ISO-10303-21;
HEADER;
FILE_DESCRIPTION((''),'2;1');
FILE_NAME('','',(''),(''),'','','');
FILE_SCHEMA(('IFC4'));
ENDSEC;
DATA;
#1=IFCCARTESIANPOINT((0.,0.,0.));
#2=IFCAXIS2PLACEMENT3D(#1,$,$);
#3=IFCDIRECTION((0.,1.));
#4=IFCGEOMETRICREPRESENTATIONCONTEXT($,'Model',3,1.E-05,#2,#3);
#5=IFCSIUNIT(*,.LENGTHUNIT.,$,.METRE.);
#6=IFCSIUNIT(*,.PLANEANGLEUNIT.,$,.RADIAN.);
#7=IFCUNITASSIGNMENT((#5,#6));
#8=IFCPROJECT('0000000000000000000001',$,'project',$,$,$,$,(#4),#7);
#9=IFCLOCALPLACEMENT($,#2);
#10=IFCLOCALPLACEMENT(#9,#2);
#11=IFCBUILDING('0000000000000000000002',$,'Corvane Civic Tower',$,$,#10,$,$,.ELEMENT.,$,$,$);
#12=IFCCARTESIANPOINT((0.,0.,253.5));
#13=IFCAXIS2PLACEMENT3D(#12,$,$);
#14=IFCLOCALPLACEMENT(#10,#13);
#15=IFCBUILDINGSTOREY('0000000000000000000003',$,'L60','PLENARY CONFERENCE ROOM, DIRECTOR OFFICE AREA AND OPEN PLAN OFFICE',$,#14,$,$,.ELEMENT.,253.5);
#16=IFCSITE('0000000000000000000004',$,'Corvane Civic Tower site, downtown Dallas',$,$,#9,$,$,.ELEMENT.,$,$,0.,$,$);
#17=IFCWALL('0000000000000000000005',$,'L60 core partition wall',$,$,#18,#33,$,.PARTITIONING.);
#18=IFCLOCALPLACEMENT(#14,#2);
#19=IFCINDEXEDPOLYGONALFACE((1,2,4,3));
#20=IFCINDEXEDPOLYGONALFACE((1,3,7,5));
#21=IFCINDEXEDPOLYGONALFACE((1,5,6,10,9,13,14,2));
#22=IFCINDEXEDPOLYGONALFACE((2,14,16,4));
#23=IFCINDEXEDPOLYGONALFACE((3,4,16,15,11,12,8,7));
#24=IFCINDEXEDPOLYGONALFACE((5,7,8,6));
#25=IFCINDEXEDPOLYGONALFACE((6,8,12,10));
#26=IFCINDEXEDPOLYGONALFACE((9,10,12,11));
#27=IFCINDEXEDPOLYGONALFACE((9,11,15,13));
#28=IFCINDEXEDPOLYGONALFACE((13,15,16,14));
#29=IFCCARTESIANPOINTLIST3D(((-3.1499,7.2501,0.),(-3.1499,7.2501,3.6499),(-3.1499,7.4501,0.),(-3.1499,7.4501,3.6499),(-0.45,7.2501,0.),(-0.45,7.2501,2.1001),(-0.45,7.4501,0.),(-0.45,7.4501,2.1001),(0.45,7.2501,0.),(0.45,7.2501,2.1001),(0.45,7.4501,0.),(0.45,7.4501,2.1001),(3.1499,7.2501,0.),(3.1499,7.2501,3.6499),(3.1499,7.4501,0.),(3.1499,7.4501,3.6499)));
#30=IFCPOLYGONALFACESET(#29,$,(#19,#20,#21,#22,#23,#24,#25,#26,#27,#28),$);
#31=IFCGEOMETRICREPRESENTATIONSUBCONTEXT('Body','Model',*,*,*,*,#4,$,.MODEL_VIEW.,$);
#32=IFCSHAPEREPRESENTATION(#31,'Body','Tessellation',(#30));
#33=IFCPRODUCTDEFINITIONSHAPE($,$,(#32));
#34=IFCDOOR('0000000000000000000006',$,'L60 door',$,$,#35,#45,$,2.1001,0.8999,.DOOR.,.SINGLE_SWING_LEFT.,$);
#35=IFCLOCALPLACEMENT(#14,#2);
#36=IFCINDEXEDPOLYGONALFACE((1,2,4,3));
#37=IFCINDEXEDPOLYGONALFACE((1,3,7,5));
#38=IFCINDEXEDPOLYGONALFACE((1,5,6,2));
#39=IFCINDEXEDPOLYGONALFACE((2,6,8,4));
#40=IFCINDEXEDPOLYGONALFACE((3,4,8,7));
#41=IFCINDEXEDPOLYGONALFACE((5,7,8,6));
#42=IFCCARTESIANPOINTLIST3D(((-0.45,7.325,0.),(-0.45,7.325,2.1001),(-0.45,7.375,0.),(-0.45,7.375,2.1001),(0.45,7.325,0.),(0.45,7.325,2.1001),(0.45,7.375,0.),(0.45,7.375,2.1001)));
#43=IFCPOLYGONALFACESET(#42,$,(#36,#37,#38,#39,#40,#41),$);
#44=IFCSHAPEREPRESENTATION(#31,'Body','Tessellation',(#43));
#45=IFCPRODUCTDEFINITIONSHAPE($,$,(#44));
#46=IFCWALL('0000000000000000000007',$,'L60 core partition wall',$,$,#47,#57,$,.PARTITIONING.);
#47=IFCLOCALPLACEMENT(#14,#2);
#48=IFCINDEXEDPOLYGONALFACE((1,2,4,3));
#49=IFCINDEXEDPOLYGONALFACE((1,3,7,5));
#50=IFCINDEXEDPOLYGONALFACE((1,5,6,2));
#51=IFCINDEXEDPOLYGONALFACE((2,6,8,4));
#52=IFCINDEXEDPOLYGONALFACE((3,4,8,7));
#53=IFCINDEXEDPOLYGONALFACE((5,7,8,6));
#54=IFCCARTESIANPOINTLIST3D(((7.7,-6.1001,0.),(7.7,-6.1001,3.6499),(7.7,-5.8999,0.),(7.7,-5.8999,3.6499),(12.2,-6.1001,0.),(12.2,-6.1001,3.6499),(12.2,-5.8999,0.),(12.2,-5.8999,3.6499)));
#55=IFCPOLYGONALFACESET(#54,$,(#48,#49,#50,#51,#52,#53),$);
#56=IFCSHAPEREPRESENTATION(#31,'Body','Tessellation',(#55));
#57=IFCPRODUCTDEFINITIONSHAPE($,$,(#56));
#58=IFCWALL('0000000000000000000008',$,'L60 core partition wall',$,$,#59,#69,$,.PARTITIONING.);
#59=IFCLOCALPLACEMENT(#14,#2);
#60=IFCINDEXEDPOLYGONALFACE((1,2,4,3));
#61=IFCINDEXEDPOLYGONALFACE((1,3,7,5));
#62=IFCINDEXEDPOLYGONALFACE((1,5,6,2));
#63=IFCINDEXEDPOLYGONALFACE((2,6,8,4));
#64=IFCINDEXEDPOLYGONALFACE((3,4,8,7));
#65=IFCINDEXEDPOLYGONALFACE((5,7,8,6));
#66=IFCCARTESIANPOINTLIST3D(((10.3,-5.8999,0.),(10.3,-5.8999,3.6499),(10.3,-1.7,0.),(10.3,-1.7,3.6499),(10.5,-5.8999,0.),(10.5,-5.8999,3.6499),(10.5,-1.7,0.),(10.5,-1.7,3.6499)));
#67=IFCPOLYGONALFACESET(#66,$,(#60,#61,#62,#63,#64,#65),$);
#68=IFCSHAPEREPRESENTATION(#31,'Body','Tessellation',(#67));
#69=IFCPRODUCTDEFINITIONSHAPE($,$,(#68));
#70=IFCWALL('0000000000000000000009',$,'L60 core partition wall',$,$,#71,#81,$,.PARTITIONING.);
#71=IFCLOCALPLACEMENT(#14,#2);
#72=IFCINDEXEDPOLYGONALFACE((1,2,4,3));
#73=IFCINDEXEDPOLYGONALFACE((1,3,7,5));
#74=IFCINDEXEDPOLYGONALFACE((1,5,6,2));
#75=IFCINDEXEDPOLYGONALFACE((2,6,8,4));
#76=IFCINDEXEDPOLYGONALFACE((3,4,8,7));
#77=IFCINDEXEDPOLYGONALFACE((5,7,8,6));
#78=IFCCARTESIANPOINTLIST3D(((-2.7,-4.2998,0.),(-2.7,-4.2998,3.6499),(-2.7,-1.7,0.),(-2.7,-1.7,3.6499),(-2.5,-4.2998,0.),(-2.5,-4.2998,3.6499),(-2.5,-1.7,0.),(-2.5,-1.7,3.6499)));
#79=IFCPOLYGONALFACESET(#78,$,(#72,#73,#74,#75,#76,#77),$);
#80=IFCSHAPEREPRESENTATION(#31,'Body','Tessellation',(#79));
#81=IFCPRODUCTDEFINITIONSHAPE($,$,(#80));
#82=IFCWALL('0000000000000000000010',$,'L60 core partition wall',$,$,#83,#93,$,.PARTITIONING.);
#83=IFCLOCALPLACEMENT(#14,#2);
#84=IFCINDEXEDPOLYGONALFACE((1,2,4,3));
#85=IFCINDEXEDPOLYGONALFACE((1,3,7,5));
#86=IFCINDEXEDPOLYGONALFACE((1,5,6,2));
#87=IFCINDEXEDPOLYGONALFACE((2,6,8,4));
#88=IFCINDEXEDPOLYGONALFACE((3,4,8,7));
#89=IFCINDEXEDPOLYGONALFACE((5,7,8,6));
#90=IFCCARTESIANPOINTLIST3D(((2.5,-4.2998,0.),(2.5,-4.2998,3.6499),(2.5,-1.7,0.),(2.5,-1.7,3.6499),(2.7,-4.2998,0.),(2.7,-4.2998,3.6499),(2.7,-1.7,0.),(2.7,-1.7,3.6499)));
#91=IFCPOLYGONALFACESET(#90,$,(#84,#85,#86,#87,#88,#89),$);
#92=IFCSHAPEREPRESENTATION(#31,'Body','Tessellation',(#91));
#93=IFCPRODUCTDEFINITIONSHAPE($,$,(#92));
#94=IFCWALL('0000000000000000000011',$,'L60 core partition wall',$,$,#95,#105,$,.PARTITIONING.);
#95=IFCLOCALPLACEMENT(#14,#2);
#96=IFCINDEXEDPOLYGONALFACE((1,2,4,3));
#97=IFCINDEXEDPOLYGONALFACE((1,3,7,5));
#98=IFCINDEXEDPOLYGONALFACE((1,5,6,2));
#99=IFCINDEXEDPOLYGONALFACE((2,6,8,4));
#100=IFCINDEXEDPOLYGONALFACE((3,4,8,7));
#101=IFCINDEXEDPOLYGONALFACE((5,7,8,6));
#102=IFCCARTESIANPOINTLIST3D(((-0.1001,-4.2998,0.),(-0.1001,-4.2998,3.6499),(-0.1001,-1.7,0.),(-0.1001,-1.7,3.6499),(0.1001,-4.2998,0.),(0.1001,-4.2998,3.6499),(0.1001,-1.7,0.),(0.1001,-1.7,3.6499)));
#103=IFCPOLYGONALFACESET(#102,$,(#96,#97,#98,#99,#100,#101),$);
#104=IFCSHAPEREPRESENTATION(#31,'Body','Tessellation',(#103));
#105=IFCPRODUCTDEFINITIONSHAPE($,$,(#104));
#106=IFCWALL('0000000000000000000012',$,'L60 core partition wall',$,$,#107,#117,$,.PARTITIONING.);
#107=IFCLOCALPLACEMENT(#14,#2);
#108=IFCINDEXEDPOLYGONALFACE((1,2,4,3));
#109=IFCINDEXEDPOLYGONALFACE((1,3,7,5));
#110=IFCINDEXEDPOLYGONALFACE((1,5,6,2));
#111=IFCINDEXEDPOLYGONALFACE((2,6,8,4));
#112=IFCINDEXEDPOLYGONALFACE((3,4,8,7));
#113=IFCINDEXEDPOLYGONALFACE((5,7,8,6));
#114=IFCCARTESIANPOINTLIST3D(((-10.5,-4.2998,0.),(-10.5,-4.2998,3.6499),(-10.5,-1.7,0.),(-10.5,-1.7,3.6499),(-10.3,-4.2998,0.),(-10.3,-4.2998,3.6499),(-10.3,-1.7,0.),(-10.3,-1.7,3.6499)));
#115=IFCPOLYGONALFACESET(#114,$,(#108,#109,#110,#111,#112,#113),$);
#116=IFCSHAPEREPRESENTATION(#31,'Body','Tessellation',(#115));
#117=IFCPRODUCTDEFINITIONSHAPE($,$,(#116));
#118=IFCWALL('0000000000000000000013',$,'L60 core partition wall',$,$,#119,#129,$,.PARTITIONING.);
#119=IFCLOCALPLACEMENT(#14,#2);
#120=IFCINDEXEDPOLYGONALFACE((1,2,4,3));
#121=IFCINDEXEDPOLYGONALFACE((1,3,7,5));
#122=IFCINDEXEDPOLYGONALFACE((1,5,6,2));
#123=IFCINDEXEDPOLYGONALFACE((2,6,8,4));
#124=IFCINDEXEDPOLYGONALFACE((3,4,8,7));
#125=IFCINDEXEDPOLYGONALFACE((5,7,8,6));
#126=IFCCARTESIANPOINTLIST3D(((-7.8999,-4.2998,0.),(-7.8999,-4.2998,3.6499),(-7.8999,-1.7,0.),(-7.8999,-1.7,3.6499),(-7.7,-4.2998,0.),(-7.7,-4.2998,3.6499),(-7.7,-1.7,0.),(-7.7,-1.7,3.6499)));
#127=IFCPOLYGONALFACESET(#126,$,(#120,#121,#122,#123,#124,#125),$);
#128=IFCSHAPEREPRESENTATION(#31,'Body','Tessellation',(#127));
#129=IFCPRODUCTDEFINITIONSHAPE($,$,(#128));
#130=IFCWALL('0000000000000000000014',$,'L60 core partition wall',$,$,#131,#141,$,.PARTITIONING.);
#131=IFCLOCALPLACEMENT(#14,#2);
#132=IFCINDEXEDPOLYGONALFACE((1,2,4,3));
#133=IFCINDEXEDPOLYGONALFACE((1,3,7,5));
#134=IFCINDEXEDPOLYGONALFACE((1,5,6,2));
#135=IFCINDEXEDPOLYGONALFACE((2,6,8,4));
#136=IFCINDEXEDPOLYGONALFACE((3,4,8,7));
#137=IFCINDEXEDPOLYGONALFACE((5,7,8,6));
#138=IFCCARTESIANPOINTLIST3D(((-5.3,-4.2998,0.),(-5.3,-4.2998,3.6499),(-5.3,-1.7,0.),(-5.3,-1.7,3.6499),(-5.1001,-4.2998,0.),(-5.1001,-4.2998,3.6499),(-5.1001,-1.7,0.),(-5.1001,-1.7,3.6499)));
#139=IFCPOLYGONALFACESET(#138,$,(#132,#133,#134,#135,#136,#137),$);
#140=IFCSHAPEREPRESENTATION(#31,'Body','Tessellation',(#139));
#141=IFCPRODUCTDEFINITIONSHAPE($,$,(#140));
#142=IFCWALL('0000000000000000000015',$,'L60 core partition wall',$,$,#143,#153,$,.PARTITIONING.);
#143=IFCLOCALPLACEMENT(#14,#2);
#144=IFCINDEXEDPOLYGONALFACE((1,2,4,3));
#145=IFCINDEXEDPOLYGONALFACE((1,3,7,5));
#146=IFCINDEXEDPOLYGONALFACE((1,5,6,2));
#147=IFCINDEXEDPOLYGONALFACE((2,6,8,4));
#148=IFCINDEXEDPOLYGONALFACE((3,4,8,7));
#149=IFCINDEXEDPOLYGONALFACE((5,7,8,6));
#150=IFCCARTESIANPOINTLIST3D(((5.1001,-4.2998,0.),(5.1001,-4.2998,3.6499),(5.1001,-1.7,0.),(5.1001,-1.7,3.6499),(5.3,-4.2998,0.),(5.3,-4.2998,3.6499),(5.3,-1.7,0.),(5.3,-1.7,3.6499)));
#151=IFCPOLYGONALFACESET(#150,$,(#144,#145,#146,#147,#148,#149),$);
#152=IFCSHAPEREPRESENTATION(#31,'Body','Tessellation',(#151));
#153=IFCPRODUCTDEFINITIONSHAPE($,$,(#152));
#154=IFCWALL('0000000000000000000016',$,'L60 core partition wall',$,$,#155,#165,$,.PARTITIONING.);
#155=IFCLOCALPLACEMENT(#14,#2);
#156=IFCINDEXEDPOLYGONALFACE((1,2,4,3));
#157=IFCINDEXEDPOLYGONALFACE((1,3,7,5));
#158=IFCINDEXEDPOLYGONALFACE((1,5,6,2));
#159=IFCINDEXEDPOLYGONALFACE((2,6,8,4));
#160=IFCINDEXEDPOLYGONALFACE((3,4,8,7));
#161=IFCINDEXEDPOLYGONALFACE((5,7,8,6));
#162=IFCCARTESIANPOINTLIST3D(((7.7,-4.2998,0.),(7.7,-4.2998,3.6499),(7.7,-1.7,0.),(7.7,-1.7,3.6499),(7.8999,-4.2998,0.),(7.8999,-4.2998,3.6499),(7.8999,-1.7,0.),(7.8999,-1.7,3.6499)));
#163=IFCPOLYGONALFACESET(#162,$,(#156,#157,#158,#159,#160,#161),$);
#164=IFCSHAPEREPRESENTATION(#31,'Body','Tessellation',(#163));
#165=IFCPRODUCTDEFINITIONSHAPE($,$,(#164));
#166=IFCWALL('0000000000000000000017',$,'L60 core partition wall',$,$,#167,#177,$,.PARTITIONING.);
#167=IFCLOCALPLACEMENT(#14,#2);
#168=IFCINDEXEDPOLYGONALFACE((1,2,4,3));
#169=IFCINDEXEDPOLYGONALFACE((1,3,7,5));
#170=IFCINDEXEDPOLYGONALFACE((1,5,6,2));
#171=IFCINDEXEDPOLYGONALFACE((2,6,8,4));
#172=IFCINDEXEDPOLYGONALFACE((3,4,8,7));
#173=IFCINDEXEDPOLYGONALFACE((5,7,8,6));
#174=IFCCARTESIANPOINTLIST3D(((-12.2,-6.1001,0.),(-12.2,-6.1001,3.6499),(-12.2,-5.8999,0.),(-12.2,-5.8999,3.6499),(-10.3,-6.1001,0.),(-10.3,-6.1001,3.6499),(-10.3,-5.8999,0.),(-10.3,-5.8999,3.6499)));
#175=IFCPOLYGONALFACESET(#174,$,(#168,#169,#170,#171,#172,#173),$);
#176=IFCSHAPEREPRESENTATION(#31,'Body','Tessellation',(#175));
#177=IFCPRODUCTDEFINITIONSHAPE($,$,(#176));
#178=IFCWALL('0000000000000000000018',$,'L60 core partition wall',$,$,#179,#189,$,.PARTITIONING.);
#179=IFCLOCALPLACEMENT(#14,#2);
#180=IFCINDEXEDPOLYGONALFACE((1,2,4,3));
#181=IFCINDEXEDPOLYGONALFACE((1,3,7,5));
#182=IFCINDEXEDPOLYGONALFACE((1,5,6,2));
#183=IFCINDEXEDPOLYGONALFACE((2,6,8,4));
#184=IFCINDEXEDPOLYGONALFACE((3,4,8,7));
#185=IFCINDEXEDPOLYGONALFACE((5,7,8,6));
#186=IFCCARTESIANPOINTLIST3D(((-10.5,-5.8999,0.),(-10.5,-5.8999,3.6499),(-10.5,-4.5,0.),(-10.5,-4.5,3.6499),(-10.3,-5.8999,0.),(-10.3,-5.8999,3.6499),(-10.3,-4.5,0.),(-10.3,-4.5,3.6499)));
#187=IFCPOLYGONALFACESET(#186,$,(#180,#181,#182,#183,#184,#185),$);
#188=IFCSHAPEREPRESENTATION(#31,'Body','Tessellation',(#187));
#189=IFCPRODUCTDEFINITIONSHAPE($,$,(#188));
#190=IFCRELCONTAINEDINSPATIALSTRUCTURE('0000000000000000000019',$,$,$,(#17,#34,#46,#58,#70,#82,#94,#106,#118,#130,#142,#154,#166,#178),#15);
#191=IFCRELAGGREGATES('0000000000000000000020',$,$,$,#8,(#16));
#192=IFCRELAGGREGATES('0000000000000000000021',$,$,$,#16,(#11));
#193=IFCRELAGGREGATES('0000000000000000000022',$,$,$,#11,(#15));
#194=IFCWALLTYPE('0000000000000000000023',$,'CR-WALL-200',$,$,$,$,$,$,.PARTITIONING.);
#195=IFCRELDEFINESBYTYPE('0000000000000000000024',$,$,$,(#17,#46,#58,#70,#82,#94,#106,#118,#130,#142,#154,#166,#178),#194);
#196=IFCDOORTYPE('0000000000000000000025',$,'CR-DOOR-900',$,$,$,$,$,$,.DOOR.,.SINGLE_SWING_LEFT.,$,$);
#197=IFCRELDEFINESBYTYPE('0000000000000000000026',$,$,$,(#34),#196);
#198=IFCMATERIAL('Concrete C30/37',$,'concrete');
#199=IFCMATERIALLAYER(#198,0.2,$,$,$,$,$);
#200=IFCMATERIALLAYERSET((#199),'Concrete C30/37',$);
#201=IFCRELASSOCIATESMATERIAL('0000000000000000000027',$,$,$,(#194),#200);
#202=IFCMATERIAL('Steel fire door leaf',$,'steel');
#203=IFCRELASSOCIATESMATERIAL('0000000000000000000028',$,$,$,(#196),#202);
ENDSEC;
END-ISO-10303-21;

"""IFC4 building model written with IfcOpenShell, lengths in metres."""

from ifc_helpers import new_model, si_unit, direction, frame, frame_2d, origin, place, context, subcontext, project, spatial, polyline, rectangle, outline, extrude, material, layer, layer_set, type_object, element, fill, save


model = new_model("IFC4")

# Units and contexts
model_context = context("Model", 3, precision=1e-05, world=origin(), true_north=direction((0.0, 1.0)))
body_context = subcontext(model_context, "Body", "Model", "MODEL_VIEW")
ifc_project = project(units=[si_unit("LENGTHUNIT", "METRE"), si_unit("PLANEANGLEUNIT", "RADIAN")], contexts=[model_context])

# Site, building, storey
site_placement = place(None, origin())
site = spatial("IfcSite", under=ifc_project, at=site_placement, Name="Corvane Civic Tower site, downtown Dallas", CompositionType="ELEMENT", RefElevation=0.0)
building_placement = place(site_placement, origin())
building = spatial("IfcBuilding", under=site, at=building_placement, Name="Corvane Civic Tower", CompositionType="ELEMENT")
storey_placement = place(building_placement, frame((0.0, 0.0, 253.5)))
storey = spatial("IfcBuildingStorey", under=building, at=storey_placement, Name="L60", Description="PLENARY CONFERENCE ROOM, DIRECTOR OFFICE AREA AND OPEN PLAN OFFICE", CompositionType="ELEMENT", Elevation=253.5)

# Wall, opening, door
ifc_material_1 = material(Name="Concrete C30/37", Category="concrete")
ifc_layer_1 = layer(ifc_material_1, 0.2)
ifc_layer_set_1 = layer_set([ifc_layer_1], Name="Concrete C30/37")
wall_type_1 = type_object("IfcWallType", Name="CR-WALL-200", PredefinedType="PARTITIONING", material=ifc_layer_set_1)
wall_1_placement = place(storey_placement, frame((-3.1499, 7.3501, 0.0), z_axis=(0.0, 0.0, 1.0), x_axis=(1.0, 0.0, 0.0)))
wall_1 = element("IfcWall", 1, at=wall_1_placement, inside=storey, type_object=wall_type_1, Name="L60 core partition wall", PredefinedType="PARTITIONING", context=body_context, shape_type="SweptSolid", body=[
    extrude(rectangle(XDim=6.2998, YDim=0.2, at=frame_2d((3.1499, 0.0))), origin(), (0.0, 0.0, 1.0), 3.6499),
])
opening_1_placement = place(wall_1_placement, frame((2.7, 0.0, 0.0)))
opening_1 = element("IfcOpeningElement", 2, at=opening_1_placement, cuts=wall_1, PredefinedType="OPENING", context=body_context, shape_type="SweptSolid", body=[
    extrude(rectangle(XDim=0.8999, YDim=2.1001, at=frame_2d((0.45, 1.05))), frame((0.0, 0.1099, 0.0), z_axis=(0.0, -1.0, 0.0), x_axis=(1.0, 0.0, 0.0)), (0.0, 0.0, 1.0), 0.22),
])
ifc_material_2 = material(Name="Steel fire door leaf", Category="steel")
door_type_1 = type_object("IfcDoorType", Name="CR-DOOR-900", OperationType="SINGLE_SWING_LEFT", PredefinedType="DOOR", material=ifc_material_2)
door_1_placement = place(opening_1_placement, origin())
door_1 = element("IfcDoor", 3, at=door_1_placement, inside=storey, type_object=door_type_1, Name="L60 door", OperationType="SINGLE_SWING_LEFT", OverallHeight=2.1001, OverallWidth=0.8999, PredefinedType="DOOR", context=body_context, shape_type="SweptSolid", body=[
    extrude(rectangle(XDim=0.8999, YDim=2.1001, at=frame_2d((0.45, 1.05))), frame((0.0, 0.0249, 0.0), z_axis=(0.0, -1.0, 0.0), x_axis=(1.0, 0.0, 0.0)), (0.0, 0.0, 1.0), 0.05),
])
fill(opening_1, door_1)

# Walls
wall_2_placement = place(storey_placement, origin())
element("IfcWall", 4, at=wall_2_placement, inside=storey, type_object=wall_type_1, Name="L60 core partition wall", PredefinedType="PARTITIONING", context=body_context, shape_type="SweptSolid", body=[
    extrude(outline(polyline([(12.2, -6.1001), (7.7, -6.1001), (7.7, -5.8999), (12.2, -5.8999), (12.2, -6.1001)])), origin(), (0.0, 0.0, 1.0), 3.6499),
])
wall_3_placement = place(storey_placement, origin())
element("IfcWall", 5, at=wall_3_placement, inside=storey, type_object=wall_type_1, Name="L60 core partition wall", PredefinedType="PARTITIONING", context=body_context, shape_type="SweptSolid", body=[
    extrude(outline(polyline([(10.5, -1.7), (10.5, -5.8999), (10.3, -5.8999), (10.3, -1.7), (10.5, -1.7)])), origin(), (0.0, 0.0, 1.0), 3.6499),
])
wall_4_placement = place(storey_placement, origin())
element("IfcWall", 6, at=wall_4_placement, inside=storey, type_object=wall_type_1, Name="L60 core partition wall", PredefinedType="PARTITIONING", context=body_context, shape_type="SweptSolid", body=[
    extrude(outline(polyline([(-2.5, -1.7), (-2.5, -4.2998), (-2.7, -4.2998), (-2.7, -1.7), (-2.5, -1.7)])), origin(), (0.0, 0.0, 1.0), 3.6499),
])
wall_5_placement = place(storey_placement, origin())
element("IfcWall", 7, at=wall_5_placement, inside=storey, type_object=wall_type_1, Name="L60 core partition wall", PredefinedType="PARTITIONING", context=body_context, shape_type="SweptSolid", body=[
    extrude(outline(polyline([(2.7, -1.7), (2.7, -4.2998), (2.5, -4.2998), (2.5, -1.7), (2.7, -1.7)])), origin(), (0.0, 0.0, 1.0), 3.6499),
])
wall_6_placement = place(storey_placement, origin())
element("IfcWall", 8, at=wall_6_placement, inside=storey, type_object=wall_type_1, Name="L60 core partition wall", PredefinedType="PARTITIONING", context=body_context, shape_type="SweptSolid", body=[
    extrude(outline(polyline([(0.1001, -1.7), (0.1001, -4.2998), (-0.1001, -4.2998), (-0.1001, -1.7), (0.1001, -1.7)])), origin(), (0.0, 0.0, 1.0), 3.6499),
])
wall_7_placement = place(storey_placement, origin())
element("IfcWall", 9, at=wall_7_placement, inside=storey, type_object=wall_type_1, Name="L60 core partition wall", PredefinedType="PARTITIONING", context=body_context, shape_type="SweptSolid", body=[
    extrude(outline(polyline([(-10.3, -1.7), (-10.3, -4.2998), (-10.5, -4.2998), (-10.5, -1.7), (-10.3, -1.7)])), origin(), (0.0, 0.0, 1.0), 3.6499),
])
wall_8_placement = place(storey_placement, origin())
element("IfcWall", 10, at=wall_8_placement, inside=storey, type_object=wall_type_1, Name="L60 core partition wall", PredefinedType="PARTITIONING", context=body_context, shape_type="SweptSolid", body=[
    extrude(outline(polyline([(-7.7, -1.7), (-7.7, -4.2998), (-7.8999, -4.2998), (-7.8999, -1.7), (-7.7, -1.7)])), origin(), (0.0, 0.0, 1.0), 3.6499),
])
wall_9_placement = place(storey_placement, origin())
element("IfcWall", 11, at=wall_9_placement, inside=storey, type_object=wall_type_1, Name="L60 core partition wall", PredefinedType="PARTITIONING", context=body_context, shape_type="SweptSolid", body=[
    extrude(outline(polyline([(-5.1001, -1.7), (-5.1001, -4.2998), (-5.3, -4.2998), (-5.3, -1.7), (-5.1001, -1.7)])), origin(), (0.0, 0.0, 1.0), 3.6499),
])
wall_10_placement = place(storey_placement, origin())
element("IfcWall", 12, at=wall_10_placement, inside=storey, type_object=wall_type_1, Name="L60 core partition wall", PredefinedType="PARTITIONING", context=body_context, shape_type="SweptSolid", body=[
    extrude(outline(polyline([(5.3, -1.7), (5.3, -4.2998), (5.1001, -4.2998), (5.1001, -1.7), (5.3, -1.7)])), origin(), (0.0, 0.0, 1.0), 3.6499),
])
wall_11_placement = place(storey_placement, origin())
element("IfcWall", 13, at=wall_11_placement, inside=storey, type_object=wall_type_1, Name="L60 core partition wall", PredefinedType="PARTITIONING", context=body_context, shape_type="SweptSolid", body=[
    extrude(outline(polyline([(7.8999, -1.7), (7.8999, -4.2998), (7.7, -4.2998), (7.7, -1.7), (7.8999, -1.7)])), origin(), (0.0, 0.0, 1.0), 3.6499),
])
wall_12_placement = place(storey_placement, origin())
element("IfcWall", 14, at=wall_12_placement, inside=storey, type_object=wall_type_1, Name="L60 core partition wall", PredefinedType="PARTITIONING", context=body_context, shape_type="SweptSolid", body=[
    extrude(outline(polyline([(-10.3, -6.1001), (-12.2, -6.1001), (-12.2, -5.8999), (-10.3, -5.8999), (-10.3, -6.1001)])), origin(), (0.0, 0.0, 1.0), 3.6499),
])
wall_13_placement = place(storey_placement, origin())
element("IfcWall", 15, at=wall_13_placement, inside=storey, type_object=wall_type_1, Name="L60 core partition wall", PredefinedType="PARTITIONING", context=body_context, shape_type="SweptSolid", body=[
    extrude(outline(polyline([(-10.3, -5.8999), (-10.5, -5.8999), (-10.5, -4.5), (-10.3, -4.5), (-10.3, -5.8999)])), origin(), (0.0, 0.0, 1.0), 3.6499),
])

save(model, "model.ifc")
